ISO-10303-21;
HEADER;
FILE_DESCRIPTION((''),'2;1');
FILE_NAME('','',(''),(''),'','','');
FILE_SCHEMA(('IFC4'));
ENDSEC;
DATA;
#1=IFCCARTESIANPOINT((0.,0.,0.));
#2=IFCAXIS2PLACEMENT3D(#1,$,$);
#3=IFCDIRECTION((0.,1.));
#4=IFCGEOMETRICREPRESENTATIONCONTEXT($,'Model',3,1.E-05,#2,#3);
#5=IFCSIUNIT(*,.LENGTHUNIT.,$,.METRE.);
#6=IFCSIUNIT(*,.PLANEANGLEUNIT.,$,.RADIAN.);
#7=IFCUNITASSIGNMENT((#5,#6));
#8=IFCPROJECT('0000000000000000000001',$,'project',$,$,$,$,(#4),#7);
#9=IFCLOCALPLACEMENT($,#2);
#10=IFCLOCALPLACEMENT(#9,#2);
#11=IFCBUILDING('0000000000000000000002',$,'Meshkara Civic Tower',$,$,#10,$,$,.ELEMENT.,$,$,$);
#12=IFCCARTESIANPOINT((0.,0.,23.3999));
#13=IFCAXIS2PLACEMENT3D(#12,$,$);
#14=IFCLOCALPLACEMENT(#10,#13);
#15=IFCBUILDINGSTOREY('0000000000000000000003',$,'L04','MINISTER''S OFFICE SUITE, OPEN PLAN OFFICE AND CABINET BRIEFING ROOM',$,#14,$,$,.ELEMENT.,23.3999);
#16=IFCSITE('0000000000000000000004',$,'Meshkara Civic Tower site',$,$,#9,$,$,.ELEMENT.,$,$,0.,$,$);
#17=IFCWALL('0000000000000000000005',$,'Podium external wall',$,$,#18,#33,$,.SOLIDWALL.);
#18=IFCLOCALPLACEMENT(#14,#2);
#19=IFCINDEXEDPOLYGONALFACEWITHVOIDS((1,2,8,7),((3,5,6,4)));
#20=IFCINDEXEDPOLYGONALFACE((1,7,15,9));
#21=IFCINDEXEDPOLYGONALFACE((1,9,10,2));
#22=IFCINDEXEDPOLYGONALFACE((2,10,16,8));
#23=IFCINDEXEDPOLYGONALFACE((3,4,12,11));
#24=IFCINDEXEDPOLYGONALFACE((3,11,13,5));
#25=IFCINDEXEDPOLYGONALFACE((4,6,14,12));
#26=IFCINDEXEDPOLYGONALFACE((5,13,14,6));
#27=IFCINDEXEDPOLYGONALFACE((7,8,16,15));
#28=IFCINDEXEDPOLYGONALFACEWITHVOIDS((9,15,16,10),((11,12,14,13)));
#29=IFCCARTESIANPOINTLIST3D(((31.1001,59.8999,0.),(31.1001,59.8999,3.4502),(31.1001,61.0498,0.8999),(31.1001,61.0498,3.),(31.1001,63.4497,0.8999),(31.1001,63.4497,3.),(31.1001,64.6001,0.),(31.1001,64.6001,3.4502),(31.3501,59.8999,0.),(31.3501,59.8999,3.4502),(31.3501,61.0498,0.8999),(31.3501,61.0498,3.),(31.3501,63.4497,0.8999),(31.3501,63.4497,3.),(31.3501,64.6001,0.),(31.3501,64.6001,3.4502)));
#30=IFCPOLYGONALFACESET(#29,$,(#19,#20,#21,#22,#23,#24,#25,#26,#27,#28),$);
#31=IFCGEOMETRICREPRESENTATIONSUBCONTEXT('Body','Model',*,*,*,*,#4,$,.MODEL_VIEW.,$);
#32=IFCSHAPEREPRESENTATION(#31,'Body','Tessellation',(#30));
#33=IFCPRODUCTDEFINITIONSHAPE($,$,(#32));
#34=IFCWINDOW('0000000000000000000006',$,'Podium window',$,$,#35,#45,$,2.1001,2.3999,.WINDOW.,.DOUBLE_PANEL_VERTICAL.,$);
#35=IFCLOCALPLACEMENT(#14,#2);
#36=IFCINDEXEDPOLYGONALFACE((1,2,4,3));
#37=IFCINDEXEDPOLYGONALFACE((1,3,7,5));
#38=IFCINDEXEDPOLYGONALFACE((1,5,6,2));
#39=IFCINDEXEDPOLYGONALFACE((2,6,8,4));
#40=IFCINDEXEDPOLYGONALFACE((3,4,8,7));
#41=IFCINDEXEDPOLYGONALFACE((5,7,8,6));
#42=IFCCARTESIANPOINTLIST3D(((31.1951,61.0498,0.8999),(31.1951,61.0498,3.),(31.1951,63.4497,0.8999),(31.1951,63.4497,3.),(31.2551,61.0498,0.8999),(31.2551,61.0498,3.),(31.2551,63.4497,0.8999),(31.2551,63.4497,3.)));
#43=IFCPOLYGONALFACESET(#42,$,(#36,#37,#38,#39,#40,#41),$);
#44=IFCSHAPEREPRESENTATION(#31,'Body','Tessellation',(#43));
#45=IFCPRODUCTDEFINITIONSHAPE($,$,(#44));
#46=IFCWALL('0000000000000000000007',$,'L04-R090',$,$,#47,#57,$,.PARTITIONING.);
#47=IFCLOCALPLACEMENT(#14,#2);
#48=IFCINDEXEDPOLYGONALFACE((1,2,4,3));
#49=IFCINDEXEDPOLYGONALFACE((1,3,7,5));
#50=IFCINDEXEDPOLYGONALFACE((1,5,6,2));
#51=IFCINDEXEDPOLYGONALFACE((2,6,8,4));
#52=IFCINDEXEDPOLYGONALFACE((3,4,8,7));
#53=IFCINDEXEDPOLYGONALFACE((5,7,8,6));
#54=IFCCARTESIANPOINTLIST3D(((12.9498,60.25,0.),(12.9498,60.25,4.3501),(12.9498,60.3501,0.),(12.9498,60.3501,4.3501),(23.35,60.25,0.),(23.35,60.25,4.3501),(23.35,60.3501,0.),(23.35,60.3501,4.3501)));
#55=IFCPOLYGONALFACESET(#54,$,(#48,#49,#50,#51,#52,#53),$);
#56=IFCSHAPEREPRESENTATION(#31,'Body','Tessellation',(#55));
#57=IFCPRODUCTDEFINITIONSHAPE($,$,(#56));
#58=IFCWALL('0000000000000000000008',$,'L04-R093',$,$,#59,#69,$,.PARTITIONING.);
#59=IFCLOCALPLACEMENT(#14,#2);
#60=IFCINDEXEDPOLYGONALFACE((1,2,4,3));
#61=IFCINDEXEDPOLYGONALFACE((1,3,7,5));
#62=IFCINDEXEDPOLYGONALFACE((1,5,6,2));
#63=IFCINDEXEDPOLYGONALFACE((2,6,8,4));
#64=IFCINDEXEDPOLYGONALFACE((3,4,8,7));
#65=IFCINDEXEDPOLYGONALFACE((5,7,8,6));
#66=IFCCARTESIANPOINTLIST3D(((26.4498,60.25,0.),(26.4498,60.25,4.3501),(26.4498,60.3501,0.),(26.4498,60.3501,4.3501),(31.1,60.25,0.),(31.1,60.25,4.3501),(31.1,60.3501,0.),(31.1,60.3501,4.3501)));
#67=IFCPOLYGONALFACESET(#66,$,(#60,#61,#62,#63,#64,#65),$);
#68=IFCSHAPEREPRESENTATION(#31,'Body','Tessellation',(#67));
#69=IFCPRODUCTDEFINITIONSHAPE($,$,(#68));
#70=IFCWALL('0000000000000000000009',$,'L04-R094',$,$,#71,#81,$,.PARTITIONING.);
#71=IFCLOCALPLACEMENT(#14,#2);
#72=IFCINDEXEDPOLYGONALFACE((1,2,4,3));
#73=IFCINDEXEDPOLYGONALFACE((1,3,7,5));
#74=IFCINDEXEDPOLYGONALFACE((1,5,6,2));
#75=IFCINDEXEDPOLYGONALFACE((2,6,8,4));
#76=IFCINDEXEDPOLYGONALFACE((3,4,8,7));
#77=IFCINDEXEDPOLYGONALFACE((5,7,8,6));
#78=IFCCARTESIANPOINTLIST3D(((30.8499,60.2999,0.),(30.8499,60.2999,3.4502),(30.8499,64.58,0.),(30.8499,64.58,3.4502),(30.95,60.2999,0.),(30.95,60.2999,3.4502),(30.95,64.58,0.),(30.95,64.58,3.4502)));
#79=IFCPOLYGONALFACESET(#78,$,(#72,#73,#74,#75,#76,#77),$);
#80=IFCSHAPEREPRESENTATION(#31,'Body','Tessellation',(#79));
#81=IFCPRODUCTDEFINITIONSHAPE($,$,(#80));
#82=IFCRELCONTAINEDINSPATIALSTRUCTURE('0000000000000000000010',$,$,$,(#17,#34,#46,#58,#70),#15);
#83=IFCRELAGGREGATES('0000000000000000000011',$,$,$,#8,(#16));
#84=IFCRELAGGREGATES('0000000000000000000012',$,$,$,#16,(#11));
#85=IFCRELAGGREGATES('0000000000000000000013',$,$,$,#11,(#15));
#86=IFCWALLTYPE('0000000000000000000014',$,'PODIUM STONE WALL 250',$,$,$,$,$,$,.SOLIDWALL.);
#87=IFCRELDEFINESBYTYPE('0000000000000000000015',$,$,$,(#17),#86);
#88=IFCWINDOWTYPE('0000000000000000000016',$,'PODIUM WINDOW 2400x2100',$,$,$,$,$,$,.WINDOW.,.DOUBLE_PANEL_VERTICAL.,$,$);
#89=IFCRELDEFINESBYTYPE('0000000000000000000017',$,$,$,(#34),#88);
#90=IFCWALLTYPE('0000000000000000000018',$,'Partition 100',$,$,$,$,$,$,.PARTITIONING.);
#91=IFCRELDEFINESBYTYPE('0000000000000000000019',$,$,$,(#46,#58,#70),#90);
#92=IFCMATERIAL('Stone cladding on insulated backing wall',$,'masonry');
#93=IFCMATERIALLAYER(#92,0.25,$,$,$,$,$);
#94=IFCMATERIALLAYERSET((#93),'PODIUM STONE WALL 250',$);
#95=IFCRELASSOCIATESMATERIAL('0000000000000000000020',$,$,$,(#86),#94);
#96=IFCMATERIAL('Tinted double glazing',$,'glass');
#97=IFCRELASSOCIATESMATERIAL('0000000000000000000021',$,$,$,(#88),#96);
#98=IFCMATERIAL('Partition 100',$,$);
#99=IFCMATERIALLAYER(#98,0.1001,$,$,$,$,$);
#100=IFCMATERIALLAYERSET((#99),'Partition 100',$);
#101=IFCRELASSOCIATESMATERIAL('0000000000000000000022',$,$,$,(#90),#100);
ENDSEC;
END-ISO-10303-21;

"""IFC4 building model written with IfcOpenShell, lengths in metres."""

from ifc_helpers import new_model, si_unit, direction, frame, frame_2d, origin, place, context, subcontext, project, spatial, rectangle, extrude, material, layer, layer_set, type_object, element, fill, save


model = new_model("IFC4")

# Units and contexts
model_context = context("Model", 3, precision=1e-05, world=origin(), true_north=direction((0.0, 1.0)))
body_context = subcontext(model_context, "Body", "Model", "MODEL_VIEW")
ifc_project = project(units=[si_unit("LENGTHUNIT", "METRE"), si_unit("PLANEANGLEUNIT", "RADIAN")], contexts=[model_context])

# Site, building, storey
site_placement = place(None, origin())
site = spatial("IfcSite", under=ifc_project, at=site_placement, Name="Meshkara Civic Tower site", CompositionType="ELEMENT", RefElevation=0.0)
building_placement = place(site_placement, origin())
building = spatial("IfcBuilding", under=site, at=building_placement, Name="Meshkara Civic Tower", CompositionType="ELEMENT")
storey_placement = place(building_placement, frame((0.0, 0.0, 23.3999)))
storey = spatial("IfcBuildingStorey", under=building, at=storey_placement, Name="L04", Description="MINISTER'S OFFICE SUITE, OPEN PLAN OFFICE AND CABINET BRIEFING ROOM", CompositionType="ELEMENT", Elevation=23.3999)

# Shared definitions
ifc_material_1 = material(Name="Stone cladding on insulated backing wall", Category="masonry")
ifc_layer_1 = layer(ifc_material_1, 0.25)
ifc_layer_set_1 = layer_set([ifc_layer_1], Name="PODIUM STONE WALL 250")
wall_type_1 = type_object("IfcWallType", Name="PODIUM STONE WALL 250", PredefinedType="SOLIDWALL", material=ifc_layer_set_1)

# Wall, opening, window
wall_1_placement = place(storey_placement, frame((31.2251, 59.8999, 0.0), z_axis=(0.0, 0.0, 1.0), x_axis=(0.0, 1.0, 0.0)))
wall_1 = element("IfcWall", 1, at=wall_1_placement, inside=storey, type_object=wall_type_1, Name="Podium external wall", PredefinedType="SOLIDWALL", context=body_context, shape_type="SweptSolid", body=[
    extrude(rectangle(XDim=4.7002, YDim=0.25, at=frame_2d((2.3501, 0.0))), origin(), (0.0, 0.0, 1.0), 3.4502),
])
opening_1_placement = place(wall_1_placement, frame((1.1499, 0.0, 0.8999)))
opening_1 = element("IfcOpeningElement", 2, at=opening_1_placement, cuts=wall_1, PredefinedType="OPENING", context=body_context, shape_type="SweptSolid", body=[
    extrude(rectangle(XDim=2.3999, YDim=2.1001, at=frame_2d((1.2, 1.05))), frame((0.0, 0.135, 0.0), z_axis=(0.0, -1.0, 0.0), x_axis=(1.0, 0.0, 0.0)), (0.0, 0.0, 1.0), 0.27),
])
ifc_material_2 = material(Name="Tinted double glazing", Category="glass")
window_type = type_object("IfcWindowType", Name="PODIUM WINDOW 2400x2100", PartitioningType="DOUBLE_PANEL_VERTICAL", PredefinedType="WINDOW", material=ifc_material_2)
window_placement = place(opening_1_placement, origin())
window = element("IfcWindow", 3, at=window_placement, inside=storey, type_object=window_type, Name="Podium window", OverallHeight=2.1001, OverallWidth=2.3999, PartitioningType="DOUBLE_PANEL_VERTICAL", PredefinedType="WINDOW", context=body_context, shape_type="SweptSolid", body=[
    extrude(rectangle(XDim=2.3999, YDim=2.1001, at=frame_2d((1.2, 1.05))), frame((0.0, 0.03, 0.0), z_axis=(0.0, -1.0, 0.0), x_axis=(1.0, 0.0, 0.0)), (0.0, 0.0, 1.0), 0.0601),
])
fill(opening_1, window)

# Walls
ifc_material_3 = material(Name="Partition 100")
ifc_layer_2 = layer(ifc_material_3, 0.1001)
ifc_layer_set_2 = layer_set([ifc_layer_2], Name="Partition 100")
wall_type_2 = type_object("IfcWallType", Name="Partition 100", PredefinedType="PARTITIONING", material=ifc_layer_set_2)
wall_2_placement = place(storey_placement, frame((23.3501, 60.3, 0.0), z_axis=(0.0, 0.0, 1.0), x_axis=(-1.0, 0.0, 0.0)))
element("IfcWall", 4, at=wall_2_placement, inside=storey, type_object=wall_type_2, Name="L04-R090", PredefinedType="PARTITIONING", context=body_context, shape_type="SweptSolid", body=[
    extrude(rectangle(XDim=10.4001, YDim=0.1001, at=frame_2d((5.2002, 0.0))), origin(), (0.0, 0.0, 1.0), 4.3501),
])
wall_3_placement = place(storey_placement, frame((31.1001, 60.3, 0.0), z_axis=(0.0, 0.0, 1.0), x_axis=(-1.0, 0.0, 0.0)))
element("IfcWall", 5, at=wall_3_placement, inside=storey, type_object=wall_type_2, Name="L04-R093", PredefinedType="PARTITIONING", context=body_context, shape_type="SweptSolid", body=[
    extrude(rectangle(XDim=4.6501, YDim=0.1001, at=frame_2d((2.3252, 0.0))), origin(), (0.0, 0.0, 1.0), 4.3501),
])
wall_4_placement = place(storey_placement, frame((30.8999, 64.5801, 0.0), z_axis=(0.0, 0.0, 1.0), x_axis=(0.0, -1.0, 0.0)))
element("IfcWall", 6, at=wall_4_placement, inside=storey, type_object=wall_type_2, Name="L04-R094", PredefinedType="PARTITIONING", context=body_context, shape_type="SweptSolid", body=[
    extrude(rectangle(XDim=4.28, YDim=0.1001, at=frame_2d((2.1401, 0.0))), origin(), (0.0, 0.0, 1.0), 3.4502),
])

save(model, "model.ifc")
